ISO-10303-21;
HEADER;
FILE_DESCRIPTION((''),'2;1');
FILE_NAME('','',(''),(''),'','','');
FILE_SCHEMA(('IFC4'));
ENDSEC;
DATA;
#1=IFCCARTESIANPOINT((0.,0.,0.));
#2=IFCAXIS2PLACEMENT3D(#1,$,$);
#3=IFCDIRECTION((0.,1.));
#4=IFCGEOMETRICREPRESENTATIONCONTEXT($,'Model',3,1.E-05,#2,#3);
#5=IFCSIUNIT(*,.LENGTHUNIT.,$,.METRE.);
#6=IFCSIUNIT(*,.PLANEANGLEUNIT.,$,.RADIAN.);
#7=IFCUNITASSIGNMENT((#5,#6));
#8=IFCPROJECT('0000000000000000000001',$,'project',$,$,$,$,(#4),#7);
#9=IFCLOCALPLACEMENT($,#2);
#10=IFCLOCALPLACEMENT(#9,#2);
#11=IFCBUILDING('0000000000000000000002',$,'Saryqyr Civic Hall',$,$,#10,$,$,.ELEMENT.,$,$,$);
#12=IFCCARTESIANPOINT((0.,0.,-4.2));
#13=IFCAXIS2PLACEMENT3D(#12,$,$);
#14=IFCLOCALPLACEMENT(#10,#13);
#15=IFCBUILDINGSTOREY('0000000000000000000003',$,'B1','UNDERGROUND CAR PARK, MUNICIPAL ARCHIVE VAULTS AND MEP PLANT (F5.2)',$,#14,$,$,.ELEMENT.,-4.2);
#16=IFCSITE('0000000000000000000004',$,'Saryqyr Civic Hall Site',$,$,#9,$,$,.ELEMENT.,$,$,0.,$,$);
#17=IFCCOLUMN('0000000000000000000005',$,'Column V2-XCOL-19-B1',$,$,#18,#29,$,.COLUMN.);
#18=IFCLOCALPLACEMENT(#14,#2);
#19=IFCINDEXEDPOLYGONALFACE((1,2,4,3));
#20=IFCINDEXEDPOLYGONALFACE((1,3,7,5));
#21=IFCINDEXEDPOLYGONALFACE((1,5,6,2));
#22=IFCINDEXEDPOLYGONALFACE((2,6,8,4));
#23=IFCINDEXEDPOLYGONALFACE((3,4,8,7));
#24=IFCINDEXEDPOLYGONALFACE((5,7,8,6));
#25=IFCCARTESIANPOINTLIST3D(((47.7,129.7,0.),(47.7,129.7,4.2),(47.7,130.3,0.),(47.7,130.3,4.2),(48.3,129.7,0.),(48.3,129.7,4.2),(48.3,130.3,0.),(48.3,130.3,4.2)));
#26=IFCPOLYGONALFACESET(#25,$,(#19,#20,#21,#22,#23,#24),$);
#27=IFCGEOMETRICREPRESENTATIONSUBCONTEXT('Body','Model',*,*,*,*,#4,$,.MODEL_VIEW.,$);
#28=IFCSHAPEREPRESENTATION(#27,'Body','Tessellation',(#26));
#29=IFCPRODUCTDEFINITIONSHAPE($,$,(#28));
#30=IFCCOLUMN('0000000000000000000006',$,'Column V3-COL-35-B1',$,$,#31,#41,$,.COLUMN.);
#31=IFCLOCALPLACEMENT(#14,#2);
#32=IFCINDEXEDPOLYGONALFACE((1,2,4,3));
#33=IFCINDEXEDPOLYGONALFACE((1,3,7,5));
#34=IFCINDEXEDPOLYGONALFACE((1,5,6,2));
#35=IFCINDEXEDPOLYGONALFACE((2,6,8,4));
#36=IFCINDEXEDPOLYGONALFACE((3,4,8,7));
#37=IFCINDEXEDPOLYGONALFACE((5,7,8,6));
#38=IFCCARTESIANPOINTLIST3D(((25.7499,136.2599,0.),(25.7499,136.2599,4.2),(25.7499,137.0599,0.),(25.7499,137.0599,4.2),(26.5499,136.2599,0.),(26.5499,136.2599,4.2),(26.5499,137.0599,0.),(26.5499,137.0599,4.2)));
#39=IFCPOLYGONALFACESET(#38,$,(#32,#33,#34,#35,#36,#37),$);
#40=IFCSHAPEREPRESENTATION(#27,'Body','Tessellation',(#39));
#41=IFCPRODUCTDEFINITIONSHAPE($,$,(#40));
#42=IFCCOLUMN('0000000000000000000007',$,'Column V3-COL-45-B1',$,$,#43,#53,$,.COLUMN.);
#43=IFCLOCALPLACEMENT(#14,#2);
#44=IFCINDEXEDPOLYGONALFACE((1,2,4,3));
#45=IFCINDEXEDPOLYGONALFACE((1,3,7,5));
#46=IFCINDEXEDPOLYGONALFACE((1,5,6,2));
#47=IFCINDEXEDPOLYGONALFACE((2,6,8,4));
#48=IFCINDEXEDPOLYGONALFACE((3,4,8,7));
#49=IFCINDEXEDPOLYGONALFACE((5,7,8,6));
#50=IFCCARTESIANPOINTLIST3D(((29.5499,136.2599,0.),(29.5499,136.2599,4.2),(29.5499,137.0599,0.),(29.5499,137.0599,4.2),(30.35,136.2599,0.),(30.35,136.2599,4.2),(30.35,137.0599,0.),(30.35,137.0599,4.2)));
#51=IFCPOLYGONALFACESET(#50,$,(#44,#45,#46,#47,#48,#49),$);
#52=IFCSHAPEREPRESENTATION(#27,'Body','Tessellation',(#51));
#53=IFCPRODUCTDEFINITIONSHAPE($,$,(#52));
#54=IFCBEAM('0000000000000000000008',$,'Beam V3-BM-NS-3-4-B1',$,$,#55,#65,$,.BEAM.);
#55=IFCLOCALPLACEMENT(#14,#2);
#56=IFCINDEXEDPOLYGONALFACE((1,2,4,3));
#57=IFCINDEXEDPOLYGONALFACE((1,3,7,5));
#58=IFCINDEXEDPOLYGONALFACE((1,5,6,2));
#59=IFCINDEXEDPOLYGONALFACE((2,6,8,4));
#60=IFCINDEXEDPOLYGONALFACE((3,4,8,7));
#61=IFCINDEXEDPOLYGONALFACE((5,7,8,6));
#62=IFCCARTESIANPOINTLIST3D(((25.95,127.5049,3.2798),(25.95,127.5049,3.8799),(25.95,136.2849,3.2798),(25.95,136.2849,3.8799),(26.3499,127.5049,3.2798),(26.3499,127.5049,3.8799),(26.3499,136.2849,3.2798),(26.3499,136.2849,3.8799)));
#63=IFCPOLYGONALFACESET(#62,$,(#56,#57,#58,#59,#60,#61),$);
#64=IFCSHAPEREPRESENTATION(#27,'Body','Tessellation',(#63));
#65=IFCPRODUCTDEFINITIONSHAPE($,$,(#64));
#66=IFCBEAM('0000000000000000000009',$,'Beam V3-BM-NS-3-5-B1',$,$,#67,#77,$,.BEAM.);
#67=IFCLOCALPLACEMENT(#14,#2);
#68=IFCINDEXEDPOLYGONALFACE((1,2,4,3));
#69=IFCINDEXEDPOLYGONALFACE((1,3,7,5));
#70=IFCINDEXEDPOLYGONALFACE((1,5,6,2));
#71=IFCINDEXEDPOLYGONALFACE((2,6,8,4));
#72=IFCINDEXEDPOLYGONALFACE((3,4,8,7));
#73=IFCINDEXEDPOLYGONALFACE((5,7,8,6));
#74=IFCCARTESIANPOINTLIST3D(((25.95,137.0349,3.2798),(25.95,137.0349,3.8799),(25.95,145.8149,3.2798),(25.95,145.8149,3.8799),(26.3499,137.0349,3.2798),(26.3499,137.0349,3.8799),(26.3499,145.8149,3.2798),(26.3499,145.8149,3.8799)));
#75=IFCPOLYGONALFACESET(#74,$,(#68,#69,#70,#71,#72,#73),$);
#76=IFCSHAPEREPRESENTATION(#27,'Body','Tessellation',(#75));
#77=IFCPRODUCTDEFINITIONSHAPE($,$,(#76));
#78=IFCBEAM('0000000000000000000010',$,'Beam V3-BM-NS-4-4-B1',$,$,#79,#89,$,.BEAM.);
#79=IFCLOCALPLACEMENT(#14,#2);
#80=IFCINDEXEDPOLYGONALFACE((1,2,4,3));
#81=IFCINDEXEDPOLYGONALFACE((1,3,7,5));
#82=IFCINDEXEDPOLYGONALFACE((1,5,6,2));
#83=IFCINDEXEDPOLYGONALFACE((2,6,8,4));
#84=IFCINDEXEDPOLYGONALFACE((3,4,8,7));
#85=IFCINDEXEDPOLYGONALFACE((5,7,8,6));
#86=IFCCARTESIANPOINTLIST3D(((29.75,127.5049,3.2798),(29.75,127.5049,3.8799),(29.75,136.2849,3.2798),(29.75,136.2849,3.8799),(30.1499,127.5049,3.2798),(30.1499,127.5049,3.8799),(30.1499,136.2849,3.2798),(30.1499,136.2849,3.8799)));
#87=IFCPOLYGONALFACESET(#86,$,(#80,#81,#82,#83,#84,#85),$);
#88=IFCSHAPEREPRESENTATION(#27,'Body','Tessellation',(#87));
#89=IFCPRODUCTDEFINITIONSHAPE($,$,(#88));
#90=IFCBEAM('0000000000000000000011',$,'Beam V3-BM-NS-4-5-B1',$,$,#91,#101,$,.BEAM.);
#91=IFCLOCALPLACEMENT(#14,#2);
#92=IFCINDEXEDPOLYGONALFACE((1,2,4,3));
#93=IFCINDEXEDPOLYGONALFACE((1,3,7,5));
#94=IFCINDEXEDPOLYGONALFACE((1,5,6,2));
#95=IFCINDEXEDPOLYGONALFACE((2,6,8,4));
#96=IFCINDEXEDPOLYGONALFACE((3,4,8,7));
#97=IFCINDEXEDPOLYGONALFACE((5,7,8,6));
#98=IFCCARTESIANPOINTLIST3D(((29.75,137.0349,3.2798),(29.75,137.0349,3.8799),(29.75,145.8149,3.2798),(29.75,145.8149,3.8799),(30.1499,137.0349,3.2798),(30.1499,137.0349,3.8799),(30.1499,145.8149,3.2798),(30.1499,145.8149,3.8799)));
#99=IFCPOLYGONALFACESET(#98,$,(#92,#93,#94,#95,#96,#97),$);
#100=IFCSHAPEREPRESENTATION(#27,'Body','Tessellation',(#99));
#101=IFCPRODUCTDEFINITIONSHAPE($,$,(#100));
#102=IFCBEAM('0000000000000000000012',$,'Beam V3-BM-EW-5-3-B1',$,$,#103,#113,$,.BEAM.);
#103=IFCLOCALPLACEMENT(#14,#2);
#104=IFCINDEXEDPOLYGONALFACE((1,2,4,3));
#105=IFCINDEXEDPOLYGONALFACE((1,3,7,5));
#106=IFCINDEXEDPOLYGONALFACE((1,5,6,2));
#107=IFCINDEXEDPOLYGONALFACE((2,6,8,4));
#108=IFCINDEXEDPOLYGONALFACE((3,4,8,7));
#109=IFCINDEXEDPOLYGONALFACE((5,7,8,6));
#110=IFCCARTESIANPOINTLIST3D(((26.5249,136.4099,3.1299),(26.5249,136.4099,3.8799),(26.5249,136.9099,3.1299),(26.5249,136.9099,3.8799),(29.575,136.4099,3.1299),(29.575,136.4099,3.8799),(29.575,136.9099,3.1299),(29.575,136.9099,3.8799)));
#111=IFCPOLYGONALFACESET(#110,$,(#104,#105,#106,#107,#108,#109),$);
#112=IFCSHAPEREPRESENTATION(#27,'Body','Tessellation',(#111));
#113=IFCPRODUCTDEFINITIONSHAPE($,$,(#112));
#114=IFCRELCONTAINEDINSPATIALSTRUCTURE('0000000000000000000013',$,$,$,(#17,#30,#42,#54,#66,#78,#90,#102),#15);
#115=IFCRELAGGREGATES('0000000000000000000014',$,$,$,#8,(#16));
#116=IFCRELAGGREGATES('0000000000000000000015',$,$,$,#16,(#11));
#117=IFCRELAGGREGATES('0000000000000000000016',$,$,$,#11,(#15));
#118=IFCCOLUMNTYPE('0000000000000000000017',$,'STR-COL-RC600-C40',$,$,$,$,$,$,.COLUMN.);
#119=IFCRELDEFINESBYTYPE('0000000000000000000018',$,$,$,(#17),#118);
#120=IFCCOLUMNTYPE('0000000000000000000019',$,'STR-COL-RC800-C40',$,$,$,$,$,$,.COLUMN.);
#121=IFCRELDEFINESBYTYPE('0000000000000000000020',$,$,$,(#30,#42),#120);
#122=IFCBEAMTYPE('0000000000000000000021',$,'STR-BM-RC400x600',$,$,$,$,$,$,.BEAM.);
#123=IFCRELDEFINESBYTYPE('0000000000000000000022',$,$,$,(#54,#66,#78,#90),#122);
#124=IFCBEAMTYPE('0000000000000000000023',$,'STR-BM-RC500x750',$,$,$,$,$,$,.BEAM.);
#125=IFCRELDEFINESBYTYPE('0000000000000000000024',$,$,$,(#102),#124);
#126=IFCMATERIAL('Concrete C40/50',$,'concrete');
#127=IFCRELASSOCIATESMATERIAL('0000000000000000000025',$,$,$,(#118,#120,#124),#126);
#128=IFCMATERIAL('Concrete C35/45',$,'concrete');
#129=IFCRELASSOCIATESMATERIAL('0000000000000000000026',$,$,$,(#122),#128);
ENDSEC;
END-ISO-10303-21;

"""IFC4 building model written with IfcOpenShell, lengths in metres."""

from ifc_helpers import new_model, si_unit, direction, frame, origin, origin_2d, place, context, subcontext, project, spatial, rectangle, extrude, material, material_profile, profile_set, type_object, element, save


model = new_model("IFC4")

# Units and contexts
model_context = context("Model", 3, precision=1e-05, world=origin(), true_north=direction((0.0, 1.0)))
body_context = subcontext(model_context, "Body", "Model", "MODEL_VIEW")
ifc_project = project(units=[si_unit("LENGTHUNIT", "METRE"), si_unit("PLANEANGLEUNIT", "RADIAN")], contexts=[model_context])

# Site, building, storey
site_placement = place(None, origin())
site = spatial("IfcSite", under=ifc_project, at=site_placement, Name="Saryqyr Civic Hall Site", CompositionType="ELEMENT", RefElevation=0.0)
building_placement = place(site_placement, origin())
building = spatial("IfcBuilding", under=site, at=building_placement, Name="Saryqyr Civic Hall", CompositionType="ELEMENT")
storey_placement = place(building_placement, frame((0.0, 0.0, -4.2)))
storey = spatial("IfcBuildingStorey", under=building, at=storey_placement, Name="B1", Description="UNDERGROUND CAR PARK, MUNICIPAL ARCHIVE VAULTS AND MEP PLANT (F5.2)", CompositionType="ELEMENT", Elevation=-4.2)

# Shared definitions
ifc_material_1 = material(Name="Concrete C35/45", Category="concrete")

# Columns
ifc_material_2 = material(Name="Concrete C40/50", Category="concrete")
ifc_material_profile_1 = material_profile(ifc_material_2, rectangle(XDim=0.6001, YDim=0.6001, at=origin_2d()), Name="RC 600x600")
ifc_profile_set_1 = profile_set([ifc_material_profile_1], Name="Concrete C40/50")
column_type_1 = type_object("IfcColumnType", Name="STR-COL-RC600-C40", PredefinedType="COLUMN", material=ifc_profile_set_1)
for number, where, z_axis, x_axis, name in (
    (1, (48.0, 130.0, 0.0), (0.0, 0.0, 1.0), (1.0, 0.0, 0.0), "Column V2-XCOL-19-B1"),
):
    element("IfcColumn", number, at=place(storey_placement, frame(where, z_axis=z_axis, x_axis=x_axis)), inside=storey, type_object=column_type_1, Name=name, PredefinedType="COLUMN", context=body_context, shape_type="SweptSolid", body=[
        extrude(rectangle(XDim=0.6001, YDim=0.6001, at=origin_2d()), origin(), (0.0, 0.0, 1.0), 4.2),
    ])
ifc_material_profile_2 = material_profile(ifc_material_2, rectangle(XDim=0.8, YDim=0.8, at=origin_2d()), Name="RC 800x800")
ifc_profile_set_2 = profile_set([ifc_material_profile_2], Name="Concrete C40/50")
column_type_2 = type_object("IfcColumnType", Name="STR-COL-RC800-C40", PredefinedType="COLUMN", material=ifc_profile_set_2)
for number, where, z_axis, x_axis, name in (
    (2, (26.1499, 136.6599, 0.0), (0.0, 0.0, 1.0), (1.0, 0.0, 0.0), "Column V3-COL-35-B1"),
    (3, (29.95, 136.6599, 0.0), (0.0, 0.0, 1.0), (1.0, 0.0, 0.0), "Column V3-COL-45-B1"),
):
    element("IfcColumn", number, at=place(storey_placement, frame(where, z_axis=z_axis, x_axis=x_axis)), inside=storey, type_object=column_type_2, Name=name, PredefinedType="COLUMN", context=body_context, shape_type="SweptSolid", body=[
        extrude(rectangle(XDim=0.8, YDim=0.8, at=origin_2d()), origin(), (0.0, 0.0, 1.0), 4.2),
    ])

# Beams
ifc_material_profile_3 = material_profile(ifc_material_1, rectangle(XDim=0.3999, YDim=0.6001, at=origin_2d()), Name="RC 400x600")
ifc_profile_set_3 = profile_set([ifc_material_profile_3], Name="Concrete C35/45")
beam_type_1 = type_object("IfcBeamType", Name="STR-BM-RC400x600", PredefinedType="BEAM", material=ifc_profile_set_3)
for number, where, z_axis, x_axis, name in (
    (4, (26.1499, 127.5049, 3.5798), (0.0, 1.0, 0.0), (-1.0, 0.0, 0.0), "Beam V3-BM-NS-3-4-B1"),
    (5, (26.1499, 137.0349, 3.5798), (0.0, 1.0, 0.0), (-1.0, 0.0, 0.0), "Beam V3-BM-NS-3-5-B1"),
    (6, (29.95, 127.5049, 3.5798), (0.0, 1.0, 0.0), (-1.0, 0.0, 0.0), "Beam V3-BM-NS-4-4-B1"),
    (7, (29.95, 137.0349, 3.5798), (0.0, 1.0, 0.0), (-1.0, 0.0, 0.0), "Beam V3-BM-NS-4-5-B1"),
):
    element("IfcBeam", number, at=place(storey_placement, frame(where, z_axis=z_axis, x_axis=x_axis)), inside=storey, type_object=beam_type_1, Name=name, PredefinedType="BEAM", context=body_context, shape_type="SweptSolid", body=[
        extrude(rectangle(XDim=0.3999, YDim=0.6001, at=origin_2d()), origin(), (0.0, 0.0, 1.0), 8.78),
    ])
ifc_material_profile_4 = material_profile(ifc_material_2, rectangle(XDim=0.5, YDim=0.75, at=origin_2d()), Name="RC 500x750")
ifc_profile_set_4 = profile_set([ifc_material_profile_4], Name="Concrete C40/50")
beam_type_2 = type_object("IfcBeamType", Name="STR-BM-RC500x750", PredefinedType="BEAM", material=ifc_profile_set_4)
beam_placement = place(storey_placement, frame((26.5249, 136.6599, 3.5049), z_axis=(1.0, 0.0, 0.0), x_axis=(0.0, 1.0, 0.0)))
element("IfcBeam", 8, at=beam_placement, inside=storey, type_object=beam_type_2, Name="Beam V3-BM-EW-5-3-B1", PredefinedType="BEAM", context=body_context, shape_type="SweptSolid", body=[
    extrude(rectangle(XDim=0.5, YDim=0.75, at=origin_2d()), origin(), (0.0, 0.0, 1.0), 3.05),
])

save(model, "model.ifc")
